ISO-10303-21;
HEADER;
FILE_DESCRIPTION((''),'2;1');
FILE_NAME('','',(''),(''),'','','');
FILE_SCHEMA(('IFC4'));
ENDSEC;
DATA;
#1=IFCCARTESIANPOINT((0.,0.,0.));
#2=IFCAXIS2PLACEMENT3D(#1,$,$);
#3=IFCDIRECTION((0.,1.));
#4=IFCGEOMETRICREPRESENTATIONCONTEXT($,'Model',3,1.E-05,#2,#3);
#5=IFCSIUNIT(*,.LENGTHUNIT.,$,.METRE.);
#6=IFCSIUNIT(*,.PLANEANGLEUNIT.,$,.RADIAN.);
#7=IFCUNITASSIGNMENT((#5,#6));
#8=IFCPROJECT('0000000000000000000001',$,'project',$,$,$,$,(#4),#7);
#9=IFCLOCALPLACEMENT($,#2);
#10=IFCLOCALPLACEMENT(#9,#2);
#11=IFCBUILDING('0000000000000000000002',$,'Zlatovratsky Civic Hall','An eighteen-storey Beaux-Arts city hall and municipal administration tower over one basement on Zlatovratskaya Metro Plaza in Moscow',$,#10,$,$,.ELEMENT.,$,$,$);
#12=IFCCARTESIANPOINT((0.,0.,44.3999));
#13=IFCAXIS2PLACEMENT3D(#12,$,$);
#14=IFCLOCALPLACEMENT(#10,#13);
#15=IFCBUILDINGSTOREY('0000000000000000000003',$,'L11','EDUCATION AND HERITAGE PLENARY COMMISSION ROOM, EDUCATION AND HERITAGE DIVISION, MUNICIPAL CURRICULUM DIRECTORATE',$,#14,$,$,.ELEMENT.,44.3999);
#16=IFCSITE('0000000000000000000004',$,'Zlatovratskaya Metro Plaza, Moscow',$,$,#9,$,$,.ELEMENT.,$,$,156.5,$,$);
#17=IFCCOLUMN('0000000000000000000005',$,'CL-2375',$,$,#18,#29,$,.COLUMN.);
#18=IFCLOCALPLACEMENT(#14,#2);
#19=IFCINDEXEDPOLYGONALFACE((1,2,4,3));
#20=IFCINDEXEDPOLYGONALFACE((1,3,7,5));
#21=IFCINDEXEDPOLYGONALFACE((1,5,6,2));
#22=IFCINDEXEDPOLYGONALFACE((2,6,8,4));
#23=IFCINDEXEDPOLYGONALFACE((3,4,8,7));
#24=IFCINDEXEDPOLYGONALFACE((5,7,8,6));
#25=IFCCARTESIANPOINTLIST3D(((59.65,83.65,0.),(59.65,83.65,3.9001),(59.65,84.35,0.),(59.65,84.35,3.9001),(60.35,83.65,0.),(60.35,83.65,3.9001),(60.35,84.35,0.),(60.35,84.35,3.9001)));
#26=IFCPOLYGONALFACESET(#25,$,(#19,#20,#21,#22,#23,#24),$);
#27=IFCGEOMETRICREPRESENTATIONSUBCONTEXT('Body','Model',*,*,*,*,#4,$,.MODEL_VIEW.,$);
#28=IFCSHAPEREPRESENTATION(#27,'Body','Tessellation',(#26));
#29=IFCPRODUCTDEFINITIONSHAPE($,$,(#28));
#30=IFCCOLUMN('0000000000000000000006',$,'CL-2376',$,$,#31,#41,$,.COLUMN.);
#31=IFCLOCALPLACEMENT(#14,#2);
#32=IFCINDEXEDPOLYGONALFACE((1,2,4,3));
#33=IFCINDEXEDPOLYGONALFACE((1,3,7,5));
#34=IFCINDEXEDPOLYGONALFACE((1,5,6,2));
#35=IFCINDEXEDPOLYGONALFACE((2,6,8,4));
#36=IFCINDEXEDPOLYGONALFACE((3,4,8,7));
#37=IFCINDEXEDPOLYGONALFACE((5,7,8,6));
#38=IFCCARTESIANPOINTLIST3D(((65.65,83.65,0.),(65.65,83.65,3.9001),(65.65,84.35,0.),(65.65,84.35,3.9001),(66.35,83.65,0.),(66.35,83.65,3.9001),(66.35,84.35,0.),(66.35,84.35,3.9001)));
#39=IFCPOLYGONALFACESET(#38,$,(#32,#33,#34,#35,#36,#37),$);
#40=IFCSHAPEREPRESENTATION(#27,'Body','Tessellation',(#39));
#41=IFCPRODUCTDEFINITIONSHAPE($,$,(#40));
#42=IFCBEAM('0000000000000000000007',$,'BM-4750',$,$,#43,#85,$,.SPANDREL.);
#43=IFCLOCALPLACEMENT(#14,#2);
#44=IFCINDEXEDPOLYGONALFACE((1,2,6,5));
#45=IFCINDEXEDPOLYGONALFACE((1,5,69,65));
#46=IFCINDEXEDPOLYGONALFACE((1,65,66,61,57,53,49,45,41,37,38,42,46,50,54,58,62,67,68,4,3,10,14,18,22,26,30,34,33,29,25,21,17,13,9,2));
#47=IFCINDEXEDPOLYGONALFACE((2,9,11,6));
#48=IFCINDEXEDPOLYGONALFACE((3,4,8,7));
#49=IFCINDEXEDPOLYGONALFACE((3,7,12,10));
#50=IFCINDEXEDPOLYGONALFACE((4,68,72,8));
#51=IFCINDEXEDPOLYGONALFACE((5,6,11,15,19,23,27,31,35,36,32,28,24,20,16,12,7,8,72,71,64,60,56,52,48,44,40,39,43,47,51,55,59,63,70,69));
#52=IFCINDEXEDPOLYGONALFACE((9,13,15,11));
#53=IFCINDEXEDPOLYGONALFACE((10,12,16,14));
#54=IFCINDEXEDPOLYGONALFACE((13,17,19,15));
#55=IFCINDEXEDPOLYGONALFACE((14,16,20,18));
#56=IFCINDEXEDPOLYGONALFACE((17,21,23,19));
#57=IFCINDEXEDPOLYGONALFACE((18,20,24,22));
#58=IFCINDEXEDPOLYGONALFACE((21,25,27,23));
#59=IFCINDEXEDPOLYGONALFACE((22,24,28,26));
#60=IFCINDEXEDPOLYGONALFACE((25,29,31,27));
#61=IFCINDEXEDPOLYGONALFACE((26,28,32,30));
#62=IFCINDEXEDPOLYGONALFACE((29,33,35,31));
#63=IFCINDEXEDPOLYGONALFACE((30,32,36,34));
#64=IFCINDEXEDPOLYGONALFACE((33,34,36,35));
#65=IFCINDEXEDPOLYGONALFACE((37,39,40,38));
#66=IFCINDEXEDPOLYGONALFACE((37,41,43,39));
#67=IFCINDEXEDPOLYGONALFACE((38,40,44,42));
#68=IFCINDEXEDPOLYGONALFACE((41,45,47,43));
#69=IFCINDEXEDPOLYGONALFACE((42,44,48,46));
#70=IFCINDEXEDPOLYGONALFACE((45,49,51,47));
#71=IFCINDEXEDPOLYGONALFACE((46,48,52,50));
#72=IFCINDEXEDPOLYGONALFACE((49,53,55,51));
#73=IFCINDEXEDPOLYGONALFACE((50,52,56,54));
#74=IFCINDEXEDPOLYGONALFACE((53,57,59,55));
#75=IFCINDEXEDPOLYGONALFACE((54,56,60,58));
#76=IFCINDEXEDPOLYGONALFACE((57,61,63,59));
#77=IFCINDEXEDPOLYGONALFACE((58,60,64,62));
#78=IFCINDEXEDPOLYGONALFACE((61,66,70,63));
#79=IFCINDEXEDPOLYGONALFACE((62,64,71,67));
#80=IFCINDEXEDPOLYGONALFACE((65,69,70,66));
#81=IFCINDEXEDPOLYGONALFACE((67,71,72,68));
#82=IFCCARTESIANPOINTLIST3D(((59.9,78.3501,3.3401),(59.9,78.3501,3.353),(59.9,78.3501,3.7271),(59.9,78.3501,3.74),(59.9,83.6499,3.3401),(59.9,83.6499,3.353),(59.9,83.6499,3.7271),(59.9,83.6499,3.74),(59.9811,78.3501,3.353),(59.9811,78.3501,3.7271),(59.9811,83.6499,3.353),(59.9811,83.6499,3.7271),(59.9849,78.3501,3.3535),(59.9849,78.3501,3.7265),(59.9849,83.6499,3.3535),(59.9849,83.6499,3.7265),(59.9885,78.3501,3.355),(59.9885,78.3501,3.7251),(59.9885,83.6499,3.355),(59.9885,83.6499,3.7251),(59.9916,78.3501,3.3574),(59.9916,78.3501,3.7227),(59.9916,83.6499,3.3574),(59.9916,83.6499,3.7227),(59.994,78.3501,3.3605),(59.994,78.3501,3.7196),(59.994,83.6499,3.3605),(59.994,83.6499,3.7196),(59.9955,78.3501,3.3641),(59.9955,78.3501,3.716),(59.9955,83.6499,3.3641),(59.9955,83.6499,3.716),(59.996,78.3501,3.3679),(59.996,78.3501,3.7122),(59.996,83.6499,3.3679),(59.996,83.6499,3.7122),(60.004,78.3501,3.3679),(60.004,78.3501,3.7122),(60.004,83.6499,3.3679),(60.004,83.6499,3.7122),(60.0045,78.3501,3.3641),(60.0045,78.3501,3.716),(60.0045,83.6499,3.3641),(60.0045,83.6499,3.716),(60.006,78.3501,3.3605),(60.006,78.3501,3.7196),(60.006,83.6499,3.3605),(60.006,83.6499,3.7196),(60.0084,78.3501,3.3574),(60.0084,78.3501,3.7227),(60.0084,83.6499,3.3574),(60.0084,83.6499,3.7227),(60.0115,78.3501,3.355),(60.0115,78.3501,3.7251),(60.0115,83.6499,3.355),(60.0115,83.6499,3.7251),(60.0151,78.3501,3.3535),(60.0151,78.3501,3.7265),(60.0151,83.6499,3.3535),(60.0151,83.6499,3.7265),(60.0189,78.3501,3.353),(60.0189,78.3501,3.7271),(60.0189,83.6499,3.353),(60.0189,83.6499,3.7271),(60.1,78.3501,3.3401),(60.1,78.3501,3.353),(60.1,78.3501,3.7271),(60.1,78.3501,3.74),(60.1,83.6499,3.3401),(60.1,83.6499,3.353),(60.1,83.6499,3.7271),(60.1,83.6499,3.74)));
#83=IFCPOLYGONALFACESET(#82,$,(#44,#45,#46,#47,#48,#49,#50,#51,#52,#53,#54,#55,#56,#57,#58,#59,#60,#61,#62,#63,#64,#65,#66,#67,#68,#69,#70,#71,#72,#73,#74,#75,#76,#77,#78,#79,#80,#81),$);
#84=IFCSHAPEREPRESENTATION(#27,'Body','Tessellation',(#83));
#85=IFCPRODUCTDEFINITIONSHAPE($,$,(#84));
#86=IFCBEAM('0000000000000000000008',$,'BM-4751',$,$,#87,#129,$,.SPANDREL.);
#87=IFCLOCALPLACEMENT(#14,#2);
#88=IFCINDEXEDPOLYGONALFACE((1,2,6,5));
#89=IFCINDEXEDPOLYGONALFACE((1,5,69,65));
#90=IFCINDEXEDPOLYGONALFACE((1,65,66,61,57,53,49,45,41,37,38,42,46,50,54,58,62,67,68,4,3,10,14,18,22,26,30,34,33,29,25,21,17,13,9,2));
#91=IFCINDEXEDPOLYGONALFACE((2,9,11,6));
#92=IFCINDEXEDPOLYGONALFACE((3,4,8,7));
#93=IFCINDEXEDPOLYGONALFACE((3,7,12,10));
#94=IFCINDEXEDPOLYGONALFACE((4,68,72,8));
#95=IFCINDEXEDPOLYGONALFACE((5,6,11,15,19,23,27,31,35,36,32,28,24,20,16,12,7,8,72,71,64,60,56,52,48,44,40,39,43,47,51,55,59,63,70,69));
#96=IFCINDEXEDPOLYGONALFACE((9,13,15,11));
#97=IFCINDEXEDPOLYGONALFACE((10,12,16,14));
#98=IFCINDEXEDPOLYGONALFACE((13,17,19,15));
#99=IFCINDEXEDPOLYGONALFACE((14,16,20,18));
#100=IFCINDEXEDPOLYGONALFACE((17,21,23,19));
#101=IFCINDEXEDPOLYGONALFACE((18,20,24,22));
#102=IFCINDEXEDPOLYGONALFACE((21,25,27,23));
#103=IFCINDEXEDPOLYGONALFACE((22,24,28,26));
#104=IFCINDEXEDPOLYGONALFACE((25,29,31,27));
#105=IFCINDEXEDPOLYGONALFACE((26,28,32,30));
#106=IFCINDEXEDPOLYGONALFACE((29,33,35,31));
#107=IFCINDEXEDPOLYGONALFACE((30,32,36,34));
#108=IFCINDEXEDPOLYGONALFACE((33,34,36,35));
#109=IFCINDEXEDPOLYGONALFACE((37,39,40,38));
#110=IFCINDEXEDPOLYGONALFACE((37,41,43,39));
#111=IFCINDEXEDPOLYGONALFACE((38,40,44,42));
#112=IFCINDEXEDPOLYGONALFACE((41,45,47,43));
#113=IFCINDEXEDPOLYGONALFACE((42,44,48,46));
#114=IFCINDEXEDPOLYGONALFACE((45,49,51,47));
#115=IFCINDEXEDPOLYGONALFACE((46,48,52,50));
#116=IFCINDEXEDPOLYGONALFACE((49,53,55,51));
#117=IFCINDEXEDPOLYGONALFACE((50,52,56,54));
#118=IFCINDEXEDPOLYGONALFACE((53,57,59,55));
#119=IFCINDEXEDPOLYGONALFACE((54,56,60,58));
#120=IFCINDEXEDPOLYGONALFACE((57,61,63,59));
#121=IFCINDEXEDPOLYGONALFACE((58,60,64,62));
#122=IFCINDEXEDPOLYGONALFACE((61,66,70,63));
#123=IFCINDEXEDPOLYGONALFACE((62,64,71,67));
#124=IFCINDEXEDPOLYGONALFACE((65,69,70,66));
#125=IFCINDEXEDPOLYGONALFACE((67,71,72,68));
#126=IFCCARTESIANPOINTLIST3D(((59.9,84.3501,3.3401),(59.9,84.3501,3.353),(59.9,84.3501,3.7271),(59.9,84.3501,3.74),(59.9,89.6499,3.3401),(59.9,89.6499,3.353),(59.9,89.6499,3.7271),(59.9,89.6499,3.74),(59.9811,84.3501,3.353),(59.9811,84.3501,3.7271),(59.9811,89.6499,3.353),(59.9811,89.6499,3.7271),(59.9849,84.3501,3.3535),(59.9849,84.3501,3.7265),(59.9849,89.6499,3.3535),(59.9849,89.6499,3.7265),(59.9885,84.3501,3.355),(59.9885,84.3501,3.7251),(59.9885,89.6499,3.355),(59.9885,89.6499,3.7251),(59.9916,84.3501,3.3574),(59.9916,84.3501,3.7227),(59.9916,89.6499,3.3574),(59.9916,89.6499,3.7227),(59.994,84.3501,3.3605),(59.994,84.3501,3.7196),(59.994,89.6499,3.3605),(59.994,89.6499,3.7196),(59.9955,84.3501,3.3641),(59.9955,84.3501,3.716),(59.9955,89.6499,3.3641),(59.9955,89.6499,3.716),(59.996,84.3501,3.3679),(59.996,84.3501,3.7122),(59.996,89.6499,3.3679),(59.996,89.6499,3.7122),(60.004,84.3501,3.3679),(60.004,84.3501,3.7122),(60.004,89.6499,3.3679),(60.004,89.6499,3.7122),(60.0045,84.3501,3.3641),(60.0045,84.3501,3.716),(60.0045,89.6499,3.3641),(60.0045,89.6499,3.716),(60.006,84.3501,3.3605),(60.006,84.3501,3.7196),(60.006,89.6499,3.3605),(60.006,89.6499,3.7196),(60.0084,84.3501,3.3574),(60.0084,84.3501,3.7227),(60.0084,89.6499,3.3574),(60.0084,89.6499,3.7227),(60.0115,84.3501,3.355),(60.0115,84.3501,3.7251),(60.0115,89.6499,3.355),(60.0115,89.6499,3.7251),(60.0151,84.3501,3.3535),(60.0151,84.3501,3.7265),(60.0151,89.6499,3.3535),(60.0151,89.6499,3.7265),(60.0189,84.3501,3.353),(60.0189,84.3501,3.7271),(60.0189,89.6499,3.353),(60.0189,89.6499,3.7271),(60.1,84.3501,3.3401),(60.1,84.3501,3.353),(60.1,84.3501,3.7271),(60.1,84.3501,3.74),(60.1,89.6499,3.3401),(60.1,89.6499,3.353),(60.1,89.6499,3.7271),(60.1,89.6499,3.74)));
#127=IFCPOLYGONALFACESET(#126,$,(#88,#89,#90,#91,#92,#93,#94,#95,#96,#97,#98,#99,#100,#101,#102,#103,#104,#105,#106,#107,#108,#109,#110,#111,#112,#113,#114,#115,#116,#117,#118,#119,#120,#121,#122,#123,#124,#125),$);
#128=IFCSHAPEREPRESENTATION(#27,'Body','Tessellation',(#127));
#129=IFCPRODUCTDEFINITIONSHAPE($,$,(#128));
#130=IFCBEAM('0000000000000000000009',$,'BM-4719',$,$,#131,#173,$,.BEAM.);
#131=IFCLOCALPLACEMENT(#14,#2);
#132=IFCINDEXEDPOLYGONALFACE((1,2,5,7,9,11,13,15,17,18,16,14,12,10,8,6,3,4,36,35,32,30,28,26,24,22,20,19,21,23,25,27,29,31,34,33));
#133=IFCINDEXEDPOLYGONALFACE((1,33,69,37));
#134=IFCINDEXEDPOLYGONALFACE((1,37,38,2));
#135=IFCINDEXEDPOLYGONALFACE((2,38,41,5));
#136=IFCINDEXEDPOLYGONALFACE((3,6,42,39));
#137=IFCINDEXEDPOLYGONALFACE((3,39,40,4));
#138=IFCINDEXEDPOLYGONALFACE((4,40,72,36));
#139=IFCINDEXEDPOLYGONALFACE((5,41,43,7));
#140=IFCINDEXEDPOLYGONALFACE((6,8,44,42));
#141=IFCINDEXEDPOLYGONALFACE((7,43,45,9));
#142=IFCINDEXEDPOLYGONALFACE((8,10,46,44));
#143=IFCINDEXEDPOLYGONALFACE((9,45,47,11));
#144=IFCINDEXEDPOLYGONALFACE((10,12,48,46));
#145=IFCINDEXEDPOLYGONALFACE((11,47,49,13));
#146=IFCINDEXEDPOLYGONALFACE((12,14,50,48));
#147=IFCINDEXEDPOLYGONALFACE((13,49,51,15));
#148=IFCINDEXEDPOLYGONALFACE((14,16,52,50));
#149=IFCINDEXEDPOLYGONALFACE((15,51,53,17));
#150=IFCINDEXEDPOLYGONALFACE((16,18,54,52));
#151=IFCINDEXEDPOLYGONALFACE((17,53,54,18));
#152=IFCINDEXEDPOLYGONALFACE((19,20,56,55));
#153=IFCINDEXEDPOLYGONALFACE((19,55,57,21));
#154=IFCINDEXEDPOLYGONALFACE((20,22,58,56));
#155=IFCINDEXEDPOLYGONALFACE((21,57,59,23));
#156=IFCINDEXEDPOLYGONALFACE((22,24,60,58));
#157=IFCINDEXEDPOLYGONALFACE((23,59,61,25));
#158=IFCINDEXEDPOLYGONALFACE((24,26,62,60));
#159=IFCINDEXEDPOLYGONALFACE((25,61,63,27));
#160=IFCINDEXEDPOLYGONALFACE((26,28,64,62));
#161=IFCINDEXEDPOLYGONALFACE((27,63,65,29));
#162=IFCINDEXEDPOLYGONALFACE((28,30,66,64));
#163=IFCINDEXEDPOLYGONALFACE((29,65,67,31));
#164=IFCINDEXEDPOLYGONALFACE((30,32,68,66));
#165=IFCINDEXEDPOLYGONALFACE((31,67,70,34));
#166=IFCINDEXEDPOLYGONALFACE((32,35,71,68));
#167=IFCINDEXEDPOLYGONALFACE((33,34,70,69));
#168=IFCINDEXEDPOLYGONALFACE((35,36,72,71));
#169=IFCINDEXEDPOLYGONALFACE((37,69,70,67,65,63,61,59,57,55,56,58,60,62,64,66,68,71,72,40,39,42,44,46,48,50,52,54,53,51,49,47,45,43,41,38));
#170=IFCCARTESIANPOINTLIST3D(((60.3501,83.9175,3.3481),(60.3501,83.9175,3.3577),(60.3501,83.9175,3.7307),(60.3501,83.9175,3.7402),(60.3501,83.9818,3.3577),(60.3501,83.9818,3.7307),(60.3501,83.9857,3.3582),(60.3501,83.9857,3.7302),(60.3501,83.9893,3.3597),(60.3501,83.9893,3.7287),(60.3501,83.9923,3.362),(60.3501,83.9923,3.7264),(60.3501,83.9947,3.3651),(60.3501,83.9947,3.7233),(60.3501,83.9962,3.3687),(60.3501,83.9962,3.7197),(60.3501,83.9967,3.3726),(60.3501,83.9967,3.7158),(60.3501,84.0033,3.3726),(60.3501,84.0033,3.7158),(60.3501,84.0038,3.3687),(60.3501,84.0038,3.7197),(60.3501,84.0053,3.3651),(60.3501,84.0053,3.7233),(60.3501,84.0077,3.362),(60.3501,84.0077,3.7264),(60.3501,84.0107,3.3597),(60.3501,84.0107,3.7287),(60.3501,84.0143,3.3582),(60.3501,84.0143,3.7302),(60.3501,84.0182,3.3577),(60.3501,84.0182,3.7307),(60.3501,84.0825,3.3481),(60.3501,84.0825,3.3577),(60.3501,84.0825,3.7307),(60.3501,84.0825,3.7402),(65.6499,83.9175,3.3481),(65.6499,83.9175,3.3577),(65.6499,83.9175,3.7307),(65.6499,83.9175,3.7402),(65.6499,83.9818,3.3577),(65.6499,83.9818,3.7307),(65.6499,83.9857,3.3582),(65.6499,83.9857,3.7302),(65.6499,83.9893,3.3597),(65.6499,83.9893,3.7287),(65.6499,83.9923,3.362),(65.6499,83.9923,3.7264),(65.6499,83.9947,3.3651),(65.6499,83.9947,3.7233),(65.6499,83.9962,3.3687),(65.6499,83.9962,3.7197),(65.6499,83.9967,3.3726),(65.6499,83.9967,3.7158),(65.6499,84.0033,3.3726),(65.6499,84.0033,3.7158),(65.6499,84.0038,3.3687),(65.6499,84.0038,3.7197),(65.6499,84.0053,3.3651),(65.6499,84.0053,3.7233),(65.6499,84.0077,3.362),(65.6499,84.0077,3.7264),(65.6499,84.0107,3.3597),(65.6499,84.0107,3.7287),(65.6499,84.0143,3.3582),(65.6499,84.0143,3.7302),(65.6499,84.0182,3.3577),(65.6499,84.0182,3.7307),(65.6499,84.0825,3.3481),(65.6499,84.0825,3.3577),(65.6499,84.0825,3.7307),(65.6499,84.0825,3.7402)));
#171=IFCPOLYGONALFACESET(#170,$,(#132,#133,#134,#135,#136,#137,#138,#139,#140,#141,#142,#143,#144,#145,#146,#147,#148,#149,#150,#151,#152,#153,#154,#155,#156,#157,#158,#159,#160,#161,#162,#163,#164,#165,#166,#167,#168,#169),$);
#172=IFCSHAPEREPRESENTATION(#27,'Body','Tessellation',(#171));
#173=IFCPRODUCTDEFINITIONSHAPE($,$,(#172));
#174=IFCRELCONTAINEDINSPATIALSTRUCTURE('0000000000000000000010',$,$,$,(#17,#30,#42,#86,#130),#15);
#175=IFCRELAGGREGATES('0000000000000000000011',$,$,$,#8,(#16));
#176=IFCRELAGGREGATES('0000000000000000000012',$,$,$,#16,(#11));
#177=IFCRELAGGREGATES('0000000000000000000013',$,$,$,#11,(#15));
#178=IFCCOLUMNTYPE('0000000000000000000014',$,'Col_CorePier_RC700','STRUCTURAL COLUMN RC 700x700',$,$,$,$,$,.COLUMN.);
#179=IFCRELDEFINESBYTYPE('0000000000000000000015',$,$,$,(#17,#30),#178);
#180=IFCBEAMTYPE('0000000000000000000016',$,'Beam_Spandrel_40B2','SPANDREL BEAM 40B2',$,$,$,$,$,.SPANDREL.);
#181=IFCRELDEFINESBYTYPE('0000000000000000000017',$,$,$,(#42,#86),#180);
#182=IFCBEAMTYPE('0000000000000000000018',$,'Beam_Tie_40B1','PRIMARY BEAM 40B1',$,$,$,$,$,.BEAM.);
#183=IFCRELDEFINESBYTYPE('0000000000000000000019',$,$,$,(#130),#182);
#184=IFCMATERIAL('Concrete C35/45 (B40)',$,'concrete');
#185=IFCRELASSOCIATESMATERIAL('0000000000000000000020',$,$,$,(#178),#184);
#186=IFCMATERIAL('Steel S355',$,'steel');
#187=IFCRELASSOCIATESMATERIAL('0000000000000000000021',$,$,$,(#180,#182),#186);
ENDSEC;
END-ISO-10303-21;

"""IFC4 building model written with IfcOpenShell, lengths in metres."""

from ifc_helpers import new_model, si_unit, direction, frame, origin, origin_2d, place, context, subcontext, project, spatial, rectangle, i_section, extrude, material, material_profile, profile_set, type_object, element, save


model = new_model("IFC4")

# Units and contexts
model_context = context("Model", 3, precision=1e-05, world=origin(), true_north=direction((0.0, 1.0)))
body_context = subcontext(model_context, "Body", "Model", "MODEL_VIEW")
ifc_project = project(units=[si_unit("LENGTHUNIT", "METRE"), si_unit("PLANEANGLEUNIT", "RADIAN")], contexts=[model_context])

# Site, building, storey
site_placement = place(None, origin())
site = spatial("IfcSite", under=ifc_project, at=site_placement, Name="Zlatovratskaya Metro Plaza, Moscow", CompositionType="ELEMENT", RefElevation=156.5)
building_placement = place(site_placement, origin())
building = spatial("IfcBuilding", under=site, at=building_placement, Name="Zlatovratsky Civic Hall", Description="An eighteen-storey Beaux-Arts city hall and municipal administration tower over one basement on Zlatovratskaya Metro Plaza in Moscow", CompositionType="ELEMENT")
storey_placement = place(building_placement, frame((0.0, 0.0, 44.3999)))
storey = spatial("IfcBuildingStorey", under=building, at=storey_placement, Name="L11", Description="EDUCATION AND HERITAGE PLENARY COMMISSION ROOM, EDUCATION AND HERITAGE DIVISION, MUNICIPAL CURRICULUM DIRECTORATE", CompositionType="ELEMENT", Elevation=44.3999)

# Columns
ifc_material_1 = material(Name="Concrete C35/45 (B40)", Category="concrete")
ifc_material_profile_1 = material_profile(ifc_material_1, rectangle(XDim=0.7, YDim=0.7, at=origin_2d()), Name="RC 700x700")
ifc_profile_set_1 = profile_set([ifc_material_profile_1], Name="Concrete C35/45 (B40)")
column_type = type_object("IfcColumnType", Name="Col_CorePier_RC700", Description="STRUCTURAL COLUMN RC 700x700", PredefinedType="COLUMN", material=ifc_profile_set_1)
for number, where, z_axis, x_axis, name in (
    (1, (60.0, 84.0, 0.0), (0.0, 0.0, 1.0), (1.0, 0.0, 0.0), "CL-2375"),
    (2, (66.0, 84.0, 0.0), (0.0, 0.0, 1.0), (1.0, 0.0, 0.0), "CL-2376"),
):
    element("IfcColumn", number, at=place(storey_placement, frame(where, z_axis=z_axis, x_axis=x_axis)), inside=storey, type_object=column_type, Name=name, PredefinedType="COLUMN", context=body_context, shape_type="SweptSolid", body=[
        extrude(rectangle(XDim=0.7, YDim=0.7, at=origin_2d()), origin(), (0.0, 0.0, 1.0), 3.9001),
    ])

# Beams
ifc_material_2 = material(Name="Steel S355", Category="steel")
ifc_material_profile_2 = material_profile(ifc_material_2, i_section(OverallWidth=0.2, OverallDepth=0.3999, WebThickness=0.0081, FlangeThickness=0.0129, FilletRadius=0.0149, at=origin_2d()), Name="40B2")
ifc_profile_set_2 = profile_set([ifc_material_profile_2], Name="Steel S355")
beam_type_1 = type_object("IfcBeamType", Name="Beam_Spandrel_40B2", Description="SPANDREL BEAM 40B2", PredefinedType="SPANDREL", material=ifc_profile_set_2)
for number, where, z_axis, x_axis, name in (
    (3, (60.0, 78.3501, 3.54), (0.0, 1.0, 0.0), (-1.0, 0.0, 0.0), "BM-4750"),
    (4, (60.0, 84.3501, 3.54), (0.0, 1.0, 0.0), (-1.0, 0.0, 0.0), "BM-4751"),
):
    element("IfcBeam", number, at=place(storey_placement, frame(where, z_axis=z_axis, x_axis=x_axis)), inside=storey, type_object=beam_type_1, Name=name, PredefinedType="SPANDREL", context=body_context, shape_type="SweptSolid", body=[
        extrude(i_section(OverallWidth=0.2, OverallDepth=0.3999, WebThickness=0.0081, FlangeThickness=0.0129, FilletRadius=0.0149, at=origin_2d()), origin(), (0.0, 0.0, 1.0), 5.2998),
    ])
ifc_material_profile_3 = material_profile(ifc_material_2, i_section(OverallWidth=0.165, OverallDepth=0.3921, WebThickness=0.0066, FlangeThickness=0.0095, FilletRadius=0.0149, at=origin_2d()), Name="40B1")
ifc_profile_set_3 = profile_set([ifc_material_profile_3], Name="Steel S355")
beam_type_2 = type_object("IfcBeamType", Name="Beam_Tie_40B1", Description="PRIMARY BEAM 40B1", PredefinedType="BEAM", material=ifc_profile_set_3)
for number, where, z_axis, x_axis, name in (
    (5, (60.3501, 84.0, 3.5442), (1.0, 0.0, 0.0), (0.0, 1.0, 0.0), "BM-4719"),
):
    element("IfcBeam", number, at=place(storey_placement, frame(where, z_axis=z_axis, x_axis=x_axis)), inside=storey, type_object=beam_type_2, Name=name, PredefinedType="BEAM", context=body_context, shape_type="SweptSolid", body=[
        extrude(i_section(OverallWidth=0.165, OverallDepth=0.3921, WebThickness=0.0066, FlangeThickness=0.0095, FilletRadius=0.0149, at=origin_2d()), origin(), (0.0, 0.0, 1.0), 5.2998),
    ])

save(model, "model.ifc")
